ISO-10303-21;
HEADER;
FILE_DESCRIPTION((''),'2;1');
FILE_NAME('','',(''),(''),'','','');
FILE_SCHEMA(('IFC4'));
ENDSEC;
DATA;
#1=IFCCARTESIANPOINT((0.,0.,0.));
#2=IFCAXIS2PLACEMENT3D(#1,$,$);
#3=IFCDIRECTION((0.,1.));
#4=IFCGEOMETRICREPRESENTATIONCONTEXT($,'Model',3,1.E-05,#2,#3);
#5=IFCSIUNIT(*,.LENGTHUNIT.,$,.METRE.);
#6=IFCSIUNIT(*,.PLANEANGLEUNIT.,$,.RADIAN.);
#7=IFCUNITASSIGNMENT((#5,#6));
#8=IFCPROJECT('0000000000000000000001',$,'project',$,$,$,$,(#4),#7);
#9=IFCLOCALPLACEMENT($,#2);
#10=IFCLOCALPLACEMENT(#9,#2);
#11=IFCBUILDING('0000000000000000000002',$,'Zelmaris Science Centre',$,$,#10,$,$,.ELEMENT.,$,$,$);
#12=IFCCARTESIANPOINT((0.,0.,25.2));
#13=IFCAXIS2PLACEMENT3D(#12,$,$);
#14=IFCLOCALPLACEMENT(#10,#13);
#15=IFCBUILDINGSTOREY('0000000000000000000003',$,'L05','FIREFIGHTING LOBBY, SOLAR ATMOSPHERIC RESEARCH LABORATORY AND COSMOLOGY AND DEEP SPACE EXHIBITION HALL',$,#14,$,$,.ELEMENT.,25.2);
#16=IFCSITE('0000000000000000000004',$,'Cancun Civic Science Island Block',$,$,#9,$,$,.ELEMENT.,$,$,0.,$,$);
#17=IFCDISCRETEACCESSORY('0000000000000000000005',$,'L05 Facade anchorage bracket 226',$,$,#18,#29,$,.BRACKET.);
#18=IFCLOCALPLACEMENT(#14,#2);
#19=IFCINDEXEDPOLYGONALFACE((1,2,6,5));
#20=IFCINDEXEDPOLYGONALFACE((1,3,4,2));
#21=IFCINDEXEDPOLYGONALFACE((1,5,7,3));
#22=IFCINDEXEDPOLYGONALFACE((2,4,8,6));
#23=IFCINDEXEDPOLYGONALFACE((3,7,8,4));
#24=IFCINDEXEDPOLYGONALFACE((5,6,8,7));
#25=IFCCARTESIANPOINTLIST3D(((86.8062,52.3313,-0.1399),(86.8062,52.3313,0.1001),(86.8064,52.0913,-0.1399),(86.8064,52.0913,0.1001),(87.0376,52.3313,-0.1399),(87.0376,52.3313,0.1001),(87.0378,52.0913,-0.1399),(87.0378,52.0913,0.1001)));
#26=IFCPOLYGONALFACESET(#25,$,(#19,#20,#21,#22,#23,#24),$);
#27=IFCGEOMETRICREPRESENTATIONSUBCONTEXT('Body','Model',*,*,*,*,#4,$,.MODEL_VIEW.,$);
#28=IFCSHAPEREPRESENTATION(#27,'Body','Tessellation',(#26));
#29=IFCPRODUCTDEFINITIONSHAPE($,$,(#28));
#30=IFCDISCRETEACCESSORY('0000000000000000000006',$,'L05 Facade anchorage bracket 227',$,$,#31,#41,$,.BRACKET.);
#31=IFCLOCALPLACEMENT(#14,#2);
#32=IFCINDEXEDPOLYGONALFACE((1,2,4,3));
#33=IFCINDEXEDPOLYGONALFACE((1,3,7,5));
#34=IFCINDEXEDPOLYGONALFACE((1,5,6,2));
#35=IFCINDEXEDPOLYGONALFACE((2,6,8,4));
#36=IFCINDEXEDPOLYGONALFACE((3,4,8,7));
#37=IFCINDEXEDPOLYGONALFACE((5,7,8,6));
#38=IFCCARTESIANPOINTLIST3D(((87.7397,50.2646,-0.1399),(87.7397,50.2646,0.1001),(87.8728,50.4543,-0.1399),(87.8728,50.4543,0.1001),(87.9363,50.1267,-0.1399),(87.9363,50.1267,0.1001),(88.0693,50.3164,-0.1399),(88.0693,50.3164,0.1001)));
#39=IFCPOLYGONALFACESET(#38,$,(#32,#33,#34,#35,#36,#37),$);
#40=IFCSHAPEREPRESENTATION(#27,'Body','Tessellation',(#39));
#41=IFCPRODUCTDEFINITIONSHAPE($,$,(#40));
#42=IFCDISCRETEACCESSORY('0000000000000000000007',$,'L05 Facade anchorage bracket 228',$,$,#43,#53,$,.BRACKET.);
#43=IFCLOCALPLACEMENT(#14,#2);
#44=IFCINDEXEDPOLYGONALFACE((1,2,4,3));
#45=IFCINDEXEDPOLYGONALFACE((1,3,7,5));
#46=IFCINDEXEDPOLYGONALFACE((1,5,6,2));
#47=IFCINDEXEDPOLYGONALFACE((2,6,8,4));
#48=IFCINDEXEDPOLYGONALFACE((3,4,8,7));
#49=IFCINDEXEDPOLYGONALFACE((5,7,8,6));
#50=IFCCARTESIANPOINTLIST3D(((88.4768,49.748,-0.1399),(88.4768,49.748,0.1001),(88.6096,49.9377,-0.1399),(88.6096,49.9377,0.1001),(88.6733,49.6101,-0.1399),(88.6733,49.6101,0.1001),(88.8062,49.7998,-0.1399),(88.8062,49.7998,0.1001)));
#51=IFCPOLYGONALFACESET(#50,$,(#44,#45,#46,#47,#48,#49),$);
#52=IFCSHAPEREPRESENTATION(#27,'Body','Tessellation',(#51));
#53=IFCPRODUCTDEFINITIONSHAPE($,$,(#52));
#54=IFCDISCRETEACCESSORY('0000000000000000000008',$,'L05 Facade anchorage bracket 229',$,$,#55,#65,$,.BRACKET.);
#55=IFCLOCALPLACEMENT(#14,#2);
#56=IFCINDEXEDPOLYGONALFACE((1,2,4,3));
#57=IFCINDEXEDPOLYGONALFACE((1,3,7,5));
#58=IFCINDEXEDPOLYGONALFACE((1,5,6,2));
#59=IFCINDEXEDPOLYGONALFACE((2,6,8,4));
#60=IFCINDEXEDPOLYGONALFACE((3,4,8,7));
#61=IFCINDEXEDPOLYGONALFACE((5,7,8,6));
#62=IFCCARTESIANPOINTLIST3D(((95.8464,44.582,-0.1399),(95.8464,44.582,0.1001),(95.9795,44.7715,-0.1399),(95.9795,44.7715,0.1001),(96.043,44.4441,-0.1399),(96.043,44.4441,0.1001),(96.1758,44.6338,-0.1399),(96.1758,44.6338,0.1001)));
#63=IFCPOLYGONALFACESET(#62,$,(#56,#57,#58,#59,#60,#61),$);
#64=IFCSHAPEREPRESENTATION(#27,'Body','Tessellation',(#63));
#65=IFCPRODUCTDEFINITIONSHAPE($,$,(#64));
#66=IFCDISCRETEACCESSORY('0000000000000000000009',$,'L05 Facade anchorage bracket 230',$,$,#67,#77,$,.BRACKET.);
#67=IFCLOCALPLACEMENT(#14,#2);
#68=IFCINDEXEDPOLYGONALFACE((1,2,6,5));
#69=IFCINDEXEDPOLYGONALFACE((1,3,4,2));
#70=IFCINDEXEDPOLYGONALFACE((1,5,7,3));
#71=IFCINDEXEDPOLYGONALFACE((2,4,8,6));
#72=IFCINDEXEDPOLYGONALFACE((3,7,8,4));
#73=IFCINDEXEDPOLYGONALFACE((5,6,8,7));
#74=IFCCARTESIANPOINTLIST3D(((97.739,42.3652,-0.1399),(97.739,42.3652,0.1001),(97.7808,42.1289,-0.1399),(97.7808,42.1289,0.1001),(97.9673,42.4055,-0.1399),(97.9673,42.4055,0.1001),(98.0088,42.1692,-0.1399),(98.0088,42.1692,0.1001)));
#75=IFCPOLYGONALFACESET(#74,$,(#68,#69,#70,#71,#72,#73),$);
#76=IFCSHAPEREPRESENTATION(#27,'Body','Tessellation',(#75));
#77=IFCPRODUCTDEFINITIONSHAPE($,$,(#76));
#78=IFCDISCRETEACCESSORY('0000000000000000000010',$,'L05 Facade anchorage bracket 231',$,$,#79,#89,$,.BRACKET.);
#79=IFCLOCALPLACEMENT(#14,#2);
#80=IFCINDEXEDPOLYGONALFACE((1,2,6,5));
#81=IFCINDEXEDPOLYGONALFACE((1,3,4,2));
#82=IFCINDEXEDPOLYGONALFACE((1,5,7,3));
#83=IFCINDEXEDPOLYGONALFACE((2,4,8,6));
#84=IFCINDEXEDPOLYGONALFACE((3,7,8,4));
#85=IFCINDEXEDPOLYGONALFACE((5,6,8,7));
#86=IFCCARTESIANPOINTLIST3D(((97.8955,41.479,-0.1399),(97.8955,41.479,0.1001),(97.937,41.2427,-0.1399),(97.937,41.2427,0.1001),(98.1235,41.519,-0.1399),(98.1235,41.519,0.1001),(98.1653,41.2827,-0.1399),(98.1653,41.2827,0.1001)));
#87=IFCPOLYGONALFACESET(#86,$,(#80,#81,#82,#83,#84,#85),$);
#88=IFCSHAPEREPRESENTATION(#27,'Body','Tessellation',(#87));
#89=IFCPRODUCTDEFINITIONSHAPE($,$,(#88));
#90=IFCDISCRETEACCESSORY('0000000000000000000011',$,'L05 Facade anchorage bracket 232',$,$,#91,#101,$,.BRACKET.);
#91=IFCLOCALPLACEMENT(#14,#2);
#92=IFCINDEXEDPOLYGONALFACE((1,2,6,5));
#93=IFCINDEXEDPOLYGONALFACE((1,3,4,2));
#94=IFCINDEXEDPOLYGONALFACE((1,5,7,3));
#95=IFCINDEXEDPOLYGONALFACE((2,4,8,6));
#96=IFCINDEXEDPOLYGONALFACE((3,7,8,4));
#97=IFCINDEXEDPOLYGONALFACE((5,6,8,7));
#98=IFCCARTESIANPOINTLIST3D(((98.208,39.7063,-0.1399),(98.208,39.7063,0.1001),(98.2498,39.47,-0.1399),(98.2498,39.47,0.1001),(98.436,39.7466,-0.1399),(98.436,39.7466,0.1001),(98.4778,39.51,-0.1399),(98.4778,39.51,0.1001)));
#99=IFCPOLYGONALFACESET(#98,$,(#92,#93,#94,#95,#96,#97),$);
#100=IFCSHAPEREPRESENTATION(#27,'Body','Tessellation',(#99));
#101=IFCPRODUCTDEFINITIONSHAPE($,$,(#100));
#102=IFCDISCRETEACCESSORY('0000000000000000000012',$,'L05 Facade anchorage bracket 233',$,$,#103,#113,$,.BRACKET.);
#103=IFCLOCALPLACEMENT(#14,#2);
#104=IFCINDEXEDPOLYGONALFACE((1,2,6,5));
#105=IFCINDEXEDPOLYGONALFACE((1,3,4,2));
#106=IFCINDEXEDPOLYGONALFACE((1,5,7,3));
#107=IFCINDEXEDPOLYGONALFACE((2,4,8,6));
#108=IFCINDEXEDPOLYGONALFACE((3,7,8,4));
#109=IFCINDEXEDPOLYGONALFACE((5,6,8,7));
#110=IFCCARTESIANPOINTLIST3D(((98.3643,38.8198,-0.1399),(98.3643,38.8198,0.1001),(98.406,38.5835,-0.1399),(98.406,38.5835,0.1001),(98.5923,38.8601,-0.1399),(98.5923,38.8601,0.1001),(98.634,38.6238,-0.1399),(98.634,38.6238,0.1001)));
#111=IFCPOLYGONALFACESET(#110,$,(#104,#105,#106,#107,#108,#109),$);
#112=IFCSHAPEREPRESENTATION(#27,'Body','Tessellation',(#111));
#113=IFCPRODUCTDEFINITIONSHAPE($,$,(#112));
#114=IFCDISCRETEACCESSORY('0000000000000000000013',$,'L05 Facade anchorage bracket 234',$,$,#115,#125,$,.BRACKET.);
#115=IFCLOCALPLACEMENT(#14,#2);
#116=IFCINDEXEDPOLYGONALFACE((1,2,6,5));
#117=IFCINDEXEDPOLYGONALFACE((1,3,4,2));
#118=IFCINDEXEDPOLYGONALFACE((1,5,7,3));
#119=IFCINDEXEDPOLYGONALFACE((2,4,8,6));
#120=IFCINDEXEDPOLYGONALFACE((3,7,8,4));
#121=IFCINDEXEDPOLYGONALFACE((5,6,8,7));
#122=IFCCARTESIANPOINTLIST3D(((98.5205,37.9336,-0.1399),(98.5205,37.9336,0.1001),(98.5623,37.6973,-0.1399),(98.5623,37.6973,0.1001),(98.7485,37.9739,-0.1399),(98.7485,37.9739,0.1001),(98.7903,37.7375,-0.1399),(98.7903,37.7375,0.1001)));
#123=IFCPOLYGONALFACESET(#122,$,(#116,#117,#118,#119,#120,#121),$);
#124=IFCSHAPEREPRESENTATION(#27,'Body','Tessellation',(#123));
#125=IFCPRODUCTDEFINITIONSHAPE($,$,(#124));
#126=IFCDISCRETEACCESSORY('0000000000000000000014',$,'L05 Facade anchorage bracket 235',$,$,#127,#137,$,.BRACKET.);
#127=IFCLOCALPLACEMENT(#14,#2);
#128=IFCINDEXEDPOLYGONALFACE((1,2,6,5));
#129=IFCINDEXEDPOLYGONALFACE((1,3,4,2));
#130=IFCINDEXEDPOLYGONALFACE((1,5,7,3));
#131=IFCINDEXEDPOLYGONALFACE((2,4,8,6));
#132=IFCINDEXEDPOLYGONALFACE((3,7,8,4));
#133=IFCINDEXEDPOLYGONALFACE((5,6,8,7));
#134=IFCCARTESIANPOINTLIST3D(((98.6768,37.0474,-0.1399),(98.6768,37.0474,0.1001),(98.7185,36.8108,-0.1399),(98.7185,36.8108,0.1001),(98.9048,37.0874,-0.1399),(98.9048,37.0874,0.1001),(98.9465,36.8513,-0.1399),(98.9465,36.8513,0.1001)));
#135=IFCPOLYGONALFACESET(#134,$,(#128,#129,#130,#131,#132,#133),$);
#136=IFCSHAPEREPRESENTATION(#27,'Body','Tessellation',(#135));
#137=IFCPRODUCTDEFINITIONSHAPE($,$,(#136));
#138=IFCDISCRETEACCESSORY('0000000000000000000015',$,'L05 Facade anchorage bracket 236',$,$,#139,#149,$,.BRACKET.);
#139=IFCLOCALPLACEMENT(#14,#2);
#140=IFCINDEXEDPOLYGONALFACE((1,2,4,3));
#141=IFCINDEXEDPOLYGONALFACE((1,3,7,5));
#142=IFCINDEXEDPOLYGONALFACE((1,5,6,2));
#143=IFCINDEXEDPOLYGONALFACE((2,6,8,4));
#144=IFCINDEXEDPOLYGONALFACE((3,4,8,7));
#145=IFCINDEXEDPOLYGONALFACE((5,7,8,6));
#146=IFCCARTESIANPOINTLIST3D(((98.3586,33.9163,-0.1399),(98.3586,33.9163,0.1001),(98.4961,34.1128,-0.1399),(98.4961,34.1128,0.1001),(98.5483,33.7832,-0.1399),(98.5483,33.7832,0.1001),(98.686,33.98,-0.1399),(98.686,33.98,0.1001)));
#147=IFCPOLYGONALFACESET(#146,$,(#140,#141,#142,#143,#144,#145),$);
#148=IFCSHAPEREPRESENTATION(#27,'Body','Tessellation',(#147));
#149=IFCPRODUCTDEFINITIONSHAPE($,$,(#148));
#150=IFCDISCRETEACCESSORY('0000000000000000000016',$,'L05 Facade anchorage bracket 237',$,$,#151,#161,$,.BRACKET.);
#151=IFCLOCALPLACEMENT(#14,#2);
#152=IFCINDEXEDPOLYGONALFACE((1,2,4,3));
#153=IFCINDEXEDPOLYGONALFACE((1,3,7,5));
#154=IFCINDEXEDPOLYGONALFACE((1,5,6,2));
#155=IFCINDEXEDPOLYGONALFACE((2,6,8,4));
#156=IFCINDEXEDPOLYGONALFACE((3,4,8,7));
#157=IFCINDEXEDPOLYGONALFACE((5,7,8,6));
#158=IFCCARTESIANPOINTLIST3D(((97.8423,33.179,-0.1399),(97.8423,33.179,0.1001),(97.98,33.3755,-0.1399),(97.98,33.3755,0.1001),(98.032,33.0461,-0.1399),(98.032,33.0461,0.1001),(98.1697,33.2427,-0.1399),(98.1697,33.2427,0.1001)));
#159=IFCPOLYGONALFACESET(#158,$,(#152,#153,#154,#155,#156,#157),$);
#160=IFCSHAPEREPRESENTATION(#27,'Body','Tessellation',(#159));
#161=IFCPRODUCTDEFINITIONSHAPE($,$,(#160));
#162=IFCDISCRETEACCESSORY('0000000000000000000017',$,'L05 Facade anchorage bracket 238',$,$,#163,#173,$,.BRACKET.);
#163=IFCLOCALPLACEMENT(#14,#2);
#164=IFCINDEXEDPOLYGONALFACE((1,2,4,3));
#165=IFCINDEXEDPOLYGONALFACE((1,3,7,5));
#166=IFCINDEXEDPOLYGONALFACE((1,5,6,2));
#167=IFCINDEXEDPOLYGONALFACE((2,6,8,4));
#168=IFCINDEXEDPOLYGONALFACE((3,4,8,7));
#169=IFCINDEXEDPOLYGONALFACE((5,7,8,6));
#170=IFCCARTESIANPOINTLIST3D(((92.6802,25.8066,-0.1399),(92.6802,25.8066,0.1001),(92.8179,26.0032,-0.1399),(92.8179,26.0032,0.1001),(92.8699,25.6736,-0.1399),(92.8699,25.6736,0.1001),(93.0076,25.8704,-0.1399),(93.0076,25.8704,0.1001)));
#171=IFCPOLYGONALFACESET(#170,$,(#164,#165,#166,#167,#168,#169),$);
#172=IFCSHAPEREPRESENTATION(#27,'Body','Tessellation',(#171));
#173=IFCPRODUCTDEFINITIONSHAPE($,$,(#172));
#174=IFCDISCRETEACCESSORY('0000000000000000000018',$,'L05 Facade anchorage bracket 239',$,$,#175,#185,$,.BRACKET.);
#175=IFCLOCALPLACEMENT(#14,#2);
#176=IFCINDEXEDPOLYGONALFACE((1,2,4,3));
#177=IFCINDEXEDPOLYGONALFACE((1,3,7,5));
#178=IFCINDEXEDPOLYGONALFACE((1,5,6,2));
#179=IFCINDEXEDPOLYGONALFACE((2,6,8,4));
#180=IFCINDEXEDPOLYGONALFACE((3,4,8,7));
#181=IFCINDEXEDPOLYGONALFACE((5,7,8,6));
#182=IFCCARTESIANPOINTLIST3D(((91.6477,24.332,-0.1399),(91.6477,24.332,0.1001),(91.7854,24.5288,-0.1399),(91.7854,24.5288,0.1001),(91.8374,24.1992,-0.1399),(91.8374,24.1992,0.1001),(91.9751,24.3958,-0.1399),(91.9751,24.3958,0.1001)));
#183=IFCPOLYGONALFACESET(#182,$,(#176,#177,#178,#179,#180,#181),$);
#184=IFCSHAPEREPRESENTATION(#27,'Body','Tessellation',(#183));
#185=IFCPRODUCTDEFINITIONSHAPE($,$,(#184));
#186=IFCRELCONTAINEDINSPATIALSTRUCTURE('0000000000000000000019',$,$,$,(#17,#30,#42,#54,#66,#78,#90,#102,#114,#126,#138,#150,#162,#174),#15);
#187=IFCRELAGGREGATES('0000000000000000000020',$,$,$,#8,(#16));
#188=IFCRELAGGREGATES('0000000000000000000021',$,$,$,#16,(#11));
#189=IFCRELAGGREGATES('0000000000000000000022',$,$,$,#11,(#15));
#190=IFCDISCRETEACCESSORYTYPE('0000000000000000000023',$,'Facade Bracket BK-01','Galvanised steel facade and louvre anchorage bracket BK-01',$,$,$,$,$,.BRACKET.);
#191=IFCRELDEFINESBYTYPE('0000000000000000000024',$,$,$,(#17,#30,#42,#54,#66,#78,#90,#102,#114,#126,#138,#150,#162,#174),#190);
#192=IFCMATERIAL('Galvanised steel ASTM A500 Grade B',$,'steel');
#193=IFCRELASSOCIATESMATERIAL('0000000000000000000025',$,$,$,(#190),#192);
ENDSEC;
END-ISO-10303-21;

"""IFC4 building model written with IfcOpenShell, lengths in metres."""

from ifc_helpers import new_model, si_unit, direction, frame, origin, place, context, subcontext, project, spatial, polyline, outline, extrude, material, type_object, element, save


model = new_model("IFC4")

# Units and contexts
model_context = context("Model", 3, precision=1e-05, world=origin(), true_north=direction((0.0, 1.0)))
body_context = subcontext(model_context, "Body", "Model", "MODEL_VIEW")
ifc_project = project(units=[si_unit("LENGTHUNIT", "METRE"), si_unit("PLANEANGLEUNIT", "RADIAN")], contexts=[model_context])

# Site, building, storey
site_placement = place(None, origin())
site = spatial("IfcSite", under=ifc_project, at=site_placement, Name="Cancun Civic Science Island Block", CompositionType="ELEMENT", RefElevation=0.0)
building_placement = place(site_placement, origin())
building = spatial("IfcBuilding", under=site, at=building_placement, Name="Zelmaris Science Centre", CompositionType="ELEMENT")
storey_placement = place(building_placement, frame((0.0, 0.0, 25.2)))
storey = spatial("IfcBuildingStorey", under=building, at=storey_placement, Name="L05", Description="FIREFIGHTING LOBBY, SOLAR ATMOSPHERIC RESEARCH LABORATORY AND COSMOLOGY AND DEEP SPACE EXHIBITION HALL", CompositionType="ELEMENT", Elevation=25.2)

# Discrete accessories
ifc_material_1 = material(Name="Galvanised steel ASTM A500 Grade B", Category="steel")
discrete_accessory_type = type_object("IfcDiscreteAccessoryType", Name="Facade Bracket BK-01", Description="Galvanised steel facade and louvre anchorage bracket BK-01", PredefinedType="BRACKET", material=ifc_material_1)
discrete_accessory_1_placement = place(storey_placement, frame((0.0, 0.0, -0.1399)))
element("IfcDiscreteAccessory", 1, at=discrete_accessory_1_placement, inside=storey, type_object=discrete_accessory_type, Name="L05 Facade anchorage bracket 226", PredefinedType="BRACKET", context=body_context, shape_type="SweptSolid", body=[
    extrude(outline(polyline([(86.8062, 52.3313), (86.8064, 52.0913), (87.0378, 52.0913), (87.0376, 52.3313), (86.8062, 52.3313)])), origin(), (0.0, 0.0, 1.0), 0.24),
])
discrete_accessory_2_placement = place(storey_placement, frame((0.0, 0.0, -0.1399)))
element("IfcDiscreteAccessory", 2, at=discrete_accessory_2_placement, inside=storey, type_object=discrete_accessory_type, Name="L05 Facade anchorage bracket 227", PredefinedType="BRACKET", context=body_context, shape_type="SweptSolid", body=[
    extrude(outline(polyline([(87.7397, 50.2646), (87.9363, 50.1267), (88.0693, 50.3164), (87.8728, 50.4543), (87.7397, 50.2646)])), origin(), (0.0, 0.0, 1.0), 0.24),
])
discrete_accessory_3_placement = place(storey_placement, frame((0.0, 0.0, -0.1399)))
element("IfcDiscreteAccessory", 3, at=discrete_accessory_3_placement, inside=storey, type_object=discrete_accessory_type, Name="L05 Facade anchorage bracket 228", PredefinedType="BRACKET", context=body_context, shape_type="SweptSolid", body=[
    extrude(outline(polyline([(88.4768, 49.748), (88.6733, 49.6101), (88.8062, 49.7998), (88.6096, 49.9377), (88.4768, 49.748)])), origin(), (0.0, 0.0, 1.0), 0.24),
])
discrete_accessory_4_placement = place(storey_placement, frame((0.0, 0.0, -0.1399)))
element("IfcDiscreteAccessory", 4, at=discrete_accessory_4_placement, inside=storey, type_object=discrete_accessory_type, Name="L05 Facade anchorage bracket 229", PredefinedType="BRACKET", context=body_context, shape_type="SweptSolid", body=[
    extrude(outline(polyline([(95.8464, 44.582), (96.043, 44.4441), (96.1758, 44.6338), (95.9795, 44.7715), (95.8464, 44.582)])), origin(), (0.0, 0.0, 1.0), 0.24),
])
discrete_accessory_5_placement = place(storey_placement, frame((0.0, 0.0, -0.1399)))
element("IfcDiscreteAccessory", 5, at=discrete_accessory_5_placement, inside=storey, type_object=discrete_accessory_type, Name="L05 Facade anchorage bracket 230", PredefinedType="BRACKET", context=body_context, shape_type="SweptSolid", body=[
    extrude(outline(polyline([(97.739, 42.3652), (97.7808, 42.1289), (98.0088, 42.1692), (97.9673, 42.4055), (97.739, 42.3652)])), origin(), (0.0, 0.0, 1.0), 0.24),
])
discrete_accessory_6_placement = place(storey_placement, frame((0.0, 0.0, -0.1399)))
element("IfcDiscreteAccessory", 6, at=discrete_accessory_6_placement, inside=storey, type_object=discrete_accessory_type, Name="L05 Facade anchorage bracket 231", PredefinedType="BRACKET", context=body_context, shape_type="SweptSolid", body=[
    extrude(outline(polyline([(97.8955, 41.479), (97.937, 41.2427), (98.1653, 41.2827), (98.1235, 41.519), (97.8955, 41.479)])), origin(), (0.0, 0.0, 1.0), 0.24),
])
discrete_accessory_7_placement = place(storey_placement, frame((0.0, 0.0, -0.1399)))
element("IfcDiscreteAccessory", 7, at=discrete_accessory_7_placement, inside=storey, type_object=discrete_accessory_type, Name="L05 Facade anchorage bracket 232", PredefinedType="BRACKET", context=body_context, shape_type="SweptSolid", body=[
    extrude(outline(polyline([(98.208, 39.7063), (98.2498, 39.47), (98.4778, 39.51), (98.436, 39.7466), (98.208, 39.7063)])), origin(), (0.0, 0.0, 1.0), 0.24),
])
discrete_accessory_8_placement = place(storey_placement, frame((0.0, 0.0, -0.1399)))
element("IfcDiscreteAccessory", 8, at=discrete_accessory_8_placement, inside=storey, type_object=discrete_accessory_type, Name="L05 Facade anchorage bracket 233", PredefinedType="BRACKET", context=body_context, shape_type="SweptSolid", body=[
    extrude(outline(polyline([(98.3643, 38.8198), (98.406, 38.5835), (98.634, 38.6238), (98.5923, 38.8601), (98.3643, 38.8198)])), origin(), (0.0, 0.0, 1.0), 0.24),
])
discrete_accessory_9_placement = place(storey_placement, frame((0.0, 0.0, -0.1399)))
element("IfcDiscreteAccessory", 9, at=discrete_accessory_9_placement, inside=storey, type_object=discrete_accessory_type, Name="L05 Facade anchorage bracket 234", PredefinedType="BRACKET", context=body_context, shape_type="SweptSolid", body=[
    extrude(outline(polyline([(98.5205, 37.9336), (98.5623, 37.6973), (98.7903, 37.7375), (98.7485, 37.9739), (98.5205, 37.9336)])), origin(), (0.0, 0.0, 1.0), 0.24),
])
discrete_accessory_10_placement = place(storey_placement, frame((0.0, 0.0, -0.1399)))
element("IfcDiscreteAccessory", 10, at=discrete_accessory_10_placement, inside=storey, type_object=discrete_accessory_type, Name="L05 Facade anchorage bracket 235", PredefinedType="BRACKET", context=body_context, shape_type="SweptSolid", body=[
    extrude(outline(polyline([(98.6768, 37.0474), (98.7185, 36.8108), (98.9465, 36.8513), (98.9048, 37.0874), (98.6768, 37.0474)])), origin(), (0.0, 0.0, 1.0), 0.24),
])
discrete_accessory_11_placement = place(storey_placement, frame((0.0, 0.0, -0.1399)))
element("IfcDiscreteAccessory", 11, at=discrete_accessory_11_placement, inside=storey, type_object=discrete_accessory_type, Name="L05 Facade anchorage bracket 236", PredefinedType="BRACKET", context=body_context, shape_type="SweptSolid", body=[
    extrude(outline(polyline([(98.4961, 34.1128), (98.3586, 33.9163), (98.5483, 33.7832), (98.686, 33.98), (98.4961, 34.1128)])), origin(), (0.0, 0.0, 1.0), 0.24),
])
discrete_accessory_12_placement = place(storey_placement, frame((0.0, 0.0, -0.1399)))
element("IfcDiscreteAccessory", 12, at=discrete_accessory_12_placement, inside=storey, type_object=discrete_accessory_type, Name="L05 Facade anchorage bracket 237", PredefinedType="BRACKET", context=body_context, shape_type="SweptSolid", body=[
    extrude(outline(polyline([(97.98, 33.3755), (97.8423, 33.179), (98.032, 33.0461), (98.1697, 33.2427), (97.98, 33.3755)])), origin(), (0.0, 0.0, 1.0), 0.24),
])
discrete_accessory_13_placement = place(storey_placement, frame((0.0, 0.0, -0.1399)))
element("IfcDiscreteAccessory", 13, at=discrete_accessory_13_placement, inside=storey, type_object=discrete_accessory_type, Name="L05 Facade anchorage bracket 238", PredefinedType="BRACKET", context=body_context, shape_type="SweptSolid", body=[
    extrude(outline(polyline([(92.8179, 26.0032), (92.6802, 25.8066), (92.8699, 25.6736), (93.0076, 25.8704), (92.8179, 26.0032)])), origin(), (0.0, 0.0, 1.0), 0.24),
])
discrete_accessory_14_placement = place(storey_placement, frame((0.0, 0.0, -0.1399)))
element("IfcDiscreteAccessory", 14, at=discrete_accessory_14_placement, inside=storey, type_object=discrete_accessory_type, Name="L05 Facade anchorage bracket 239", PredefinedType="BRACKET", context=body_context, shape_type="SweptSolid", body=[
    extrude(outline(polyline([(91.7854, 24.5288), (91.6477, 24.332), (91.8374, 24.1992), (91.9751, 24.3958), (91.7854, 24.5288)])), origin(), (0.0, 0.0, 1.0), 0.24),
])

save(model, "model.ifc")
